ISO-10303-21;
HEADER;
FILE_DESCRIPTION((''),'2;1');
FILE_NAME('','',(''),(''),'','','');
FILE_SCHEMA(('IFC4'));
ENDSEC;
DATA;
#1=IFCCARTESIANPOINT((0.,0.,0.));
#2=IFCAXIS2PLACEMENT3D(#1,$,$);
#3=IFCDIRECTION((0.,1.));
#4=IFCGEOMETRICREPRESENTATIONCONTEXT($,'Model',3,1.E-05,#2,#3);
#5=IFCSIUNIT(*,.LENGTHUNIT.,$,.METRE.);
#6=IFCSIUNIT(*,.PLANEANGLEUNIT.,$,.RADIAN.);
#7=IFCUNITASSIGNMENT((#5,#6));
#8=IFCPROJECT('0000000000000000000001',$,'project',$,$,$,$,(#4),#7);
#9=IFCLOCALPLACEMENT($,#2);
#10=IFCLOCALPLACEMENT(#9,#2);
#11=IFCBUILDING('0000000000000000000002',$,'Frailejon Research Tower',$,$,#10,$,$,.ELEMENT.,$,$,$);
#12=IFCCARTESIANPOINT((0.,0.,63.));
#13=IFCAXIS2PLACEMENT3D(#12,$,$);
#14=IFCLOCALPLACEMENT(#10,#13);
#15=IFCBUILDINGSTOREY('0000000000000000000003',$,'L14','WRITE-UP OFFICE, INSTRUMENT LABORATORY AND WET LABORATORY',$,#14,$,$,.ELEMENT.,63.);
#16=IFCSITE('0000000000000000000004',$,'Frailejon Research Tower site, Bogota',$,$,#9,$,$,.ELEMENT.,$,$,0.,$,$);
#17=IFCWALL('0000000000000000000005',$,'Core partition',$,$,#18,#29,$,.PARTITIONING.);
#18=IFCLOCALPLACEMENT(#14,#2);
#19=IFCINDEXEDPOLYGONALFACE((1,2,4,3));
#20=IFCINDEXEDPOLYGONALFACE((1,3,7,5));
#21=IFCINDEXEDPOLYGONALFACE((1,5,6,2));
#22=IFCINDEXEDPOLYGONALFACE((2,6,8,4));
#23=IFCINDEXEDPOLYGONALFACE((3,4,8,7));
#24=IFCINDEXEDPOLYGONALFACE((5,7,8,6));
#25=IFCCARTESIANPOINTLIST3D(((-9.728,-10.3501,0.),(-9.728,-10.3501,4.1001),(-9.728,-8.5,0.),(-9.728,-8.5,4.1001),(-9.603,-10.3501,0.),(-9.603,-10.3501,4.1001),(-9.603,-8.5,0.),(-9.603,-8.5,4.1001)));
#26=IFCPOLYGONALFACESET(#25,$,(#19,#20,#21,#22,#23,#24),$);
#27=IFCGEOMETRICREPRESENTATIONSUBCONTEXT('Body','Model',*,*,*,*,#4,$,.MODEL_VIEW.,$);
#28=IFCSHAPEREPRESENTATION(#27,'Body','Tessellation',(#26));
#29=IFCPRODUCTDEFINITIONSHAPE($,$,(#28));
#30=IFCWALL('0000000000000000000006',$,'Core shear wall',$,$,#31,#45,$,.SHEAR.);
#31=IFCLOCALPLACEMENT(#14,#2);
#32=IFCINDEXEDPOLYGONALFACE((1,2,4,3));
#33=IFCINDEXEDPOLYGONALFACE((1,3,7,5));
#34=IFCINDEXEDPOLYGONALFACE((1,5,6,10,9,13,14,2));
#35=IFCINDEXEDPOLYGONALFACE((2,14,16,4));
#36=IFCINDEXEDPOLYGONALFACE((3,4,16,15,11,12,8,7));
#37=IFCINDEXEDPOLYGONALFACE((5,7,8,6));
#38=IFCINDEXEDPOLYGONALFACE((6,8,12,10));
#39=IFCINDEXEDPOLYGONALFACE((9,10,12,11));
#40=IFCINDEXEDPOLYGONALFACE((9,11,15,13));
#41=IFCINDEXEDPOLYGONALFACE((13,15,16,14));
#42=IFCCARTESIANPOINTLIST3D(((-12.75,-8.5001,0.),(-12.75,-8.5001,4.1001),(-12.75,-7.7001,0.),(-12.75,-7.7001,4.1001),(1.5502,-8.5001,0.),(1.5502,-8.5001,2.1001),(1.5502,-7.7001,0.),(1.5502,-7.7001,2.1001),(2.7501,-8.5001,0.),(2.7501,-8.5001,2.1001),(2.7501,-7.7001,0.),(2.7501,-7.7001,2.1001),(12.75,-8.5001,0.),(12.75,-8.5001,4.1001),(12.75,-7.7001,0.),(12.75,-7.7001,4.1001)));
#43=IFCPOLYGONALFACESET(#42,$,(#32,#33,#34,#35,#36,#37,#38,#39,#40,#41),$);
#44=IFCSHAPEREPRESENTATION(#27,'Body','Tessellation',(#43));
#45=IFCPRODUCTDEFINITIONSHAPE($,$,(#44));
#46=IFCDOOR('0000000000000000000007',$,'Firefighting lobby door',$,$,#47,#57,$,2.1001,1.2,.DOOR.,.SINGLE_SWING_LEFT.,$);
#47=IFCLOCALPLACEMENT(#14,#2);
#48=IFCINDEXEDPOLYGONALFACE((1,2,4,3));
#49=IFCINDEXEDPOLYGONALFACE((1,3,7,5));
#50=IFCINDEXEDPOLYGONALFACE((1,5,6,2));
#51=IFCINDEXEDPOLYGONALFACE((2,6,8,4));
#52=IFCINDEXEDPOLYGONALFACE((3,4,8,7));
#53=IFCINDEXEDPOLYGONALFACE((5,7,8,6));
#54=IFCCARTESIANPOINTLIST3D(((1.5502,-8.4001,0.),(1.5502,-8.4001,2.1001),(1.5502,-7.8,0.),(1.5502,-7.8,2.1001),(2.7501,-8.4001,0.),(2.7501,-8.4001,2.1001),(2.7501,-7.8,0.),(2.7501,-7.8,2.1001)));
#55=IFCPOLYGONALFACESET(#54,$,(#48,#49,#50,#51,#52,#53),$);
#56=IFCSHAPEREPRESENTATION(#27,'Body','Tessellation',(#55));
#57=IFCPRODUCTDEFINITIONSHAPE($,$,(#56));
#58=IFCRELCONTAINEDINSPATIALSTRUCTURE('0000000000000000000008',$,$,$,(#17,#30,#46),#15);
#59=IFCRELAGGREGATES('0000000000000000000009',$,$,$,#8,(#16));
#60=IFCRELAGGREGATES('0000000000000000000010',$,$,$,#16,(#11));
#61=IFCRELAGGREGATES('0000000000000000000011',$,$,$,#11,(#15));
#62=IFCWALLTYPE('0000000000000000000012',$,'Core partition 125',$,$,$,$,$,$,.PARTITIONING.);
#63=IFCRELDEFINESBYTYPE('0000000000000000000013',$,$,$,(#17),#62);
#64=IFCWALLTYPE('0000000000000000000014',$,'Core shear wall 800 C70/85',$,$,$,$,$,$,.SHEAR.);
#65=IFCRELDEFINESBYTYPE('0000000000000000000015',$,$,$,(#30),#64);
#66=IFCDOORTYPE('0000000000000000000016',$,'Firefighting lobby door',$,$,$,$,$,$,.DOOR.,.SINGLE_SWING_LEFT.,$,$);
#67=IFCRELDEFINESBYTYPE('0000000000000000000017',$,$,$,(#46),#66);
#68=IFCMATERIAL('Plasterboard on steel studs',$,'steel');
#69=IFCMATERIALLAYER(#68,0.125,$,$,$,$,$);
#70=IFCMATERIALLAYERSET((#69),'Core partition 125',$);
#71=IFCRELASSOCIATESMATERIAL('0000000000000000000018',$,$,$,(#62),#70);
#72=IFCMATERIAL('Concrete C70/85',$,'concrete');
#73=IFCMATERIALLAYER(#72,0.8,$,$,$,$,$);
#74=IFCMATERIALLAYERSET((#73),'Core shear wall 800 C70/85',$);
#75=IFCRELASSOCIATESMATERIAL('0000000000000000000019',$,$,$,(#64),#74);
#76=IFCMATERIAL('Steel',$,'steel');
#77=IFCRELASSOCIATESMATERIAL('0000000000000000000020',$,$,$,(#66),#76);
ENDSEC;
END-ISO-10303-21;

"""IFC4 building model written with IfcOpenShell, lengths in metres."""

from ifc_helpers import new_model, si_unit, direction, frame, frame_2d, origin, place, context, subcontext, project, spatial, rectangle, extrude, material, layer, layer_set, type_object, element, fill, save


model = new_model("IFC4")

# Units and contexts
model_context = context("Model", 3, precision=1e-05, world=origin(), true_north=direction((0.0, 1.0)))
body_context = subcontext(model_context, "Body", "Model", "MODEL_VIEW")
ifc_project = project(units=[si_unit("LENGTHUNIT", "METRE"), si_unit("PLANEANGLEUNIT", "RADIAN")], contexts=[model_context])

# Site, building, storey
site_placement = place(None, origin())
site = spatial("IfcSite", under=ifc_project, at=site_placement, Name="Frailejon Research Tower site, Bogota", CompositionType="ELEMENT", RefElevation=0.0)
building_placement = place(site_placement, origin())
building = spatial("IfcBuilding", under=site, at=building_placement, Name="Frailejon Research Tower", CompositionType="ELEMENT")
storey_placement = place(building_placement, frame((0.0, 0.0, 63.0)))
storey = spatial("IfcBuildingStorey", under=building, at=storey_placement, Name="L14", Description="WRITE-UP OFFICE, INSTRUMENT LABORATORY AND WET LABORATORY", CompositionType="ELEMENT", Elevation=63.0)

# Wall
ifc_material_1 = material(Name="Plasterboard on steel studs", Category="steel")
ifc_layer_1 = layer(ifc_material_1, 0.125)
ifc_layer_set_1 = layer_set([ifc_layer_1], Name="Core partition 125")
wall_type_1 = type_object("IfcWallType", Name="Core partition 125", PredefinedType="PARTITIONING", material=ifc_layer_set_1)
wall_1_placement = place(storey_placement, frame((-9.6655, -10.3501, 0.0), z_axis=(0.0, 0.0, 1.0), x_axis=(0.0, 1.0, 0.0)))
element("IfcWall", 1, at=wall_1_placement, inside=storey, type_object=wall_type_1, Name="Core partition", PredefinedType="PARTITIONING", context=body_context, shape_type="SweptSolid", body=[
    extrude(rectangle(XDim=1.8501, YDim=0.125, at=frame_2d((0.925, 0.0))), origin(), (0.0, 0.0, 1.0), 4.1001),
])

# Wall, opening, door
ifc_material_2 = material(Name="Concrete C70/85", Category="concrete")
ifc_layer_2 = layer(ifc_material_2, 0.8)
ifc_layer_set_2 = layer_set([ifc_layer_2], Name="Core shear wall 800 C70/85")
wall_type_2 = type_object("IfcWallType", Name="Core shear wall 800 C70/85", PredefinedType="SHEAR", material=ifc_layer_set_2)
wall_2_placement = place(storey_placement, frame((-12.75, -8.1001, 0.0), z_axis=(0.0, 0.0, 1.0), x_axis=(1.0, 0.0, 0.0)))
wall_2 = element("IfcWall", 2, at=wall_2_placement, inside=storey, type_object=wall_type_2, Name="Core shear wall", PredefinedType="SHEAR", context=body_context, shape_type="SweptSolid", body=[
    extrude(rectangle(XDim=25.5, YDim=0.8, at=frame_2d((12.75, 0.0))), origin(), (0.0, 0.0, 1.0), 4.1001),
])
opening_1_placement = place(wall_2_placement, frame((14.3, 0.0, 0.0)))
opening_1 = element("IfcOpeningElement", 3, at=opening_1_placement, cuts=wall_2, PredefinedType="OPENING", context=body_context, shape_type="SweptSolid", body=[
    extrude(rectangle(XDim=1.2, YDim=2.1001, at=frame_2d((0.6001, 1.05))), frame((0.0, 0.4099, 0.0), z_axis=(0.0, -1.0, 0.0), x_axis=(1.0, 0.0, 0.0)), (0.0, 0.0, 1.0), 0.8201),
])
ifc_material_3 = material(Name="Steel", Category="steel")
door_type_1 = type_object("IfcDoorType", Name="Firefighting lobby door", OperationType="SINGLE_SWING_LEFT", PredefinedType="DOOR", material=ifc_material_3)
door_1_placement = place(opening_1_placement, origin())
door_1 = element("IfcDoor", 4, at=door_1_placement, inside=storey, type_object=door_type_1, Name="Firefighting lobby door", OperationType="SINGLE_SWING_LEFT", OverallHeight=2.1001, OverallWidth=1.2, PredefinedType="DOOR", context=body_context, shape_type="SweptSolid", body=[
    extrude(rectangle(XDim=1.2, YDim=2.1001, at=frame_2d((0.6001, 1.05))), frame((0.0, 0.3, 0.0), z_axis=(0.0, -1.0, 0.0), x_axis=(1.0, 0.0, 0.0)), (0.0, 0.0, 1.0), 0.6001),
])
fill(opening_1, door_1)

save(model, "model.ifc")
